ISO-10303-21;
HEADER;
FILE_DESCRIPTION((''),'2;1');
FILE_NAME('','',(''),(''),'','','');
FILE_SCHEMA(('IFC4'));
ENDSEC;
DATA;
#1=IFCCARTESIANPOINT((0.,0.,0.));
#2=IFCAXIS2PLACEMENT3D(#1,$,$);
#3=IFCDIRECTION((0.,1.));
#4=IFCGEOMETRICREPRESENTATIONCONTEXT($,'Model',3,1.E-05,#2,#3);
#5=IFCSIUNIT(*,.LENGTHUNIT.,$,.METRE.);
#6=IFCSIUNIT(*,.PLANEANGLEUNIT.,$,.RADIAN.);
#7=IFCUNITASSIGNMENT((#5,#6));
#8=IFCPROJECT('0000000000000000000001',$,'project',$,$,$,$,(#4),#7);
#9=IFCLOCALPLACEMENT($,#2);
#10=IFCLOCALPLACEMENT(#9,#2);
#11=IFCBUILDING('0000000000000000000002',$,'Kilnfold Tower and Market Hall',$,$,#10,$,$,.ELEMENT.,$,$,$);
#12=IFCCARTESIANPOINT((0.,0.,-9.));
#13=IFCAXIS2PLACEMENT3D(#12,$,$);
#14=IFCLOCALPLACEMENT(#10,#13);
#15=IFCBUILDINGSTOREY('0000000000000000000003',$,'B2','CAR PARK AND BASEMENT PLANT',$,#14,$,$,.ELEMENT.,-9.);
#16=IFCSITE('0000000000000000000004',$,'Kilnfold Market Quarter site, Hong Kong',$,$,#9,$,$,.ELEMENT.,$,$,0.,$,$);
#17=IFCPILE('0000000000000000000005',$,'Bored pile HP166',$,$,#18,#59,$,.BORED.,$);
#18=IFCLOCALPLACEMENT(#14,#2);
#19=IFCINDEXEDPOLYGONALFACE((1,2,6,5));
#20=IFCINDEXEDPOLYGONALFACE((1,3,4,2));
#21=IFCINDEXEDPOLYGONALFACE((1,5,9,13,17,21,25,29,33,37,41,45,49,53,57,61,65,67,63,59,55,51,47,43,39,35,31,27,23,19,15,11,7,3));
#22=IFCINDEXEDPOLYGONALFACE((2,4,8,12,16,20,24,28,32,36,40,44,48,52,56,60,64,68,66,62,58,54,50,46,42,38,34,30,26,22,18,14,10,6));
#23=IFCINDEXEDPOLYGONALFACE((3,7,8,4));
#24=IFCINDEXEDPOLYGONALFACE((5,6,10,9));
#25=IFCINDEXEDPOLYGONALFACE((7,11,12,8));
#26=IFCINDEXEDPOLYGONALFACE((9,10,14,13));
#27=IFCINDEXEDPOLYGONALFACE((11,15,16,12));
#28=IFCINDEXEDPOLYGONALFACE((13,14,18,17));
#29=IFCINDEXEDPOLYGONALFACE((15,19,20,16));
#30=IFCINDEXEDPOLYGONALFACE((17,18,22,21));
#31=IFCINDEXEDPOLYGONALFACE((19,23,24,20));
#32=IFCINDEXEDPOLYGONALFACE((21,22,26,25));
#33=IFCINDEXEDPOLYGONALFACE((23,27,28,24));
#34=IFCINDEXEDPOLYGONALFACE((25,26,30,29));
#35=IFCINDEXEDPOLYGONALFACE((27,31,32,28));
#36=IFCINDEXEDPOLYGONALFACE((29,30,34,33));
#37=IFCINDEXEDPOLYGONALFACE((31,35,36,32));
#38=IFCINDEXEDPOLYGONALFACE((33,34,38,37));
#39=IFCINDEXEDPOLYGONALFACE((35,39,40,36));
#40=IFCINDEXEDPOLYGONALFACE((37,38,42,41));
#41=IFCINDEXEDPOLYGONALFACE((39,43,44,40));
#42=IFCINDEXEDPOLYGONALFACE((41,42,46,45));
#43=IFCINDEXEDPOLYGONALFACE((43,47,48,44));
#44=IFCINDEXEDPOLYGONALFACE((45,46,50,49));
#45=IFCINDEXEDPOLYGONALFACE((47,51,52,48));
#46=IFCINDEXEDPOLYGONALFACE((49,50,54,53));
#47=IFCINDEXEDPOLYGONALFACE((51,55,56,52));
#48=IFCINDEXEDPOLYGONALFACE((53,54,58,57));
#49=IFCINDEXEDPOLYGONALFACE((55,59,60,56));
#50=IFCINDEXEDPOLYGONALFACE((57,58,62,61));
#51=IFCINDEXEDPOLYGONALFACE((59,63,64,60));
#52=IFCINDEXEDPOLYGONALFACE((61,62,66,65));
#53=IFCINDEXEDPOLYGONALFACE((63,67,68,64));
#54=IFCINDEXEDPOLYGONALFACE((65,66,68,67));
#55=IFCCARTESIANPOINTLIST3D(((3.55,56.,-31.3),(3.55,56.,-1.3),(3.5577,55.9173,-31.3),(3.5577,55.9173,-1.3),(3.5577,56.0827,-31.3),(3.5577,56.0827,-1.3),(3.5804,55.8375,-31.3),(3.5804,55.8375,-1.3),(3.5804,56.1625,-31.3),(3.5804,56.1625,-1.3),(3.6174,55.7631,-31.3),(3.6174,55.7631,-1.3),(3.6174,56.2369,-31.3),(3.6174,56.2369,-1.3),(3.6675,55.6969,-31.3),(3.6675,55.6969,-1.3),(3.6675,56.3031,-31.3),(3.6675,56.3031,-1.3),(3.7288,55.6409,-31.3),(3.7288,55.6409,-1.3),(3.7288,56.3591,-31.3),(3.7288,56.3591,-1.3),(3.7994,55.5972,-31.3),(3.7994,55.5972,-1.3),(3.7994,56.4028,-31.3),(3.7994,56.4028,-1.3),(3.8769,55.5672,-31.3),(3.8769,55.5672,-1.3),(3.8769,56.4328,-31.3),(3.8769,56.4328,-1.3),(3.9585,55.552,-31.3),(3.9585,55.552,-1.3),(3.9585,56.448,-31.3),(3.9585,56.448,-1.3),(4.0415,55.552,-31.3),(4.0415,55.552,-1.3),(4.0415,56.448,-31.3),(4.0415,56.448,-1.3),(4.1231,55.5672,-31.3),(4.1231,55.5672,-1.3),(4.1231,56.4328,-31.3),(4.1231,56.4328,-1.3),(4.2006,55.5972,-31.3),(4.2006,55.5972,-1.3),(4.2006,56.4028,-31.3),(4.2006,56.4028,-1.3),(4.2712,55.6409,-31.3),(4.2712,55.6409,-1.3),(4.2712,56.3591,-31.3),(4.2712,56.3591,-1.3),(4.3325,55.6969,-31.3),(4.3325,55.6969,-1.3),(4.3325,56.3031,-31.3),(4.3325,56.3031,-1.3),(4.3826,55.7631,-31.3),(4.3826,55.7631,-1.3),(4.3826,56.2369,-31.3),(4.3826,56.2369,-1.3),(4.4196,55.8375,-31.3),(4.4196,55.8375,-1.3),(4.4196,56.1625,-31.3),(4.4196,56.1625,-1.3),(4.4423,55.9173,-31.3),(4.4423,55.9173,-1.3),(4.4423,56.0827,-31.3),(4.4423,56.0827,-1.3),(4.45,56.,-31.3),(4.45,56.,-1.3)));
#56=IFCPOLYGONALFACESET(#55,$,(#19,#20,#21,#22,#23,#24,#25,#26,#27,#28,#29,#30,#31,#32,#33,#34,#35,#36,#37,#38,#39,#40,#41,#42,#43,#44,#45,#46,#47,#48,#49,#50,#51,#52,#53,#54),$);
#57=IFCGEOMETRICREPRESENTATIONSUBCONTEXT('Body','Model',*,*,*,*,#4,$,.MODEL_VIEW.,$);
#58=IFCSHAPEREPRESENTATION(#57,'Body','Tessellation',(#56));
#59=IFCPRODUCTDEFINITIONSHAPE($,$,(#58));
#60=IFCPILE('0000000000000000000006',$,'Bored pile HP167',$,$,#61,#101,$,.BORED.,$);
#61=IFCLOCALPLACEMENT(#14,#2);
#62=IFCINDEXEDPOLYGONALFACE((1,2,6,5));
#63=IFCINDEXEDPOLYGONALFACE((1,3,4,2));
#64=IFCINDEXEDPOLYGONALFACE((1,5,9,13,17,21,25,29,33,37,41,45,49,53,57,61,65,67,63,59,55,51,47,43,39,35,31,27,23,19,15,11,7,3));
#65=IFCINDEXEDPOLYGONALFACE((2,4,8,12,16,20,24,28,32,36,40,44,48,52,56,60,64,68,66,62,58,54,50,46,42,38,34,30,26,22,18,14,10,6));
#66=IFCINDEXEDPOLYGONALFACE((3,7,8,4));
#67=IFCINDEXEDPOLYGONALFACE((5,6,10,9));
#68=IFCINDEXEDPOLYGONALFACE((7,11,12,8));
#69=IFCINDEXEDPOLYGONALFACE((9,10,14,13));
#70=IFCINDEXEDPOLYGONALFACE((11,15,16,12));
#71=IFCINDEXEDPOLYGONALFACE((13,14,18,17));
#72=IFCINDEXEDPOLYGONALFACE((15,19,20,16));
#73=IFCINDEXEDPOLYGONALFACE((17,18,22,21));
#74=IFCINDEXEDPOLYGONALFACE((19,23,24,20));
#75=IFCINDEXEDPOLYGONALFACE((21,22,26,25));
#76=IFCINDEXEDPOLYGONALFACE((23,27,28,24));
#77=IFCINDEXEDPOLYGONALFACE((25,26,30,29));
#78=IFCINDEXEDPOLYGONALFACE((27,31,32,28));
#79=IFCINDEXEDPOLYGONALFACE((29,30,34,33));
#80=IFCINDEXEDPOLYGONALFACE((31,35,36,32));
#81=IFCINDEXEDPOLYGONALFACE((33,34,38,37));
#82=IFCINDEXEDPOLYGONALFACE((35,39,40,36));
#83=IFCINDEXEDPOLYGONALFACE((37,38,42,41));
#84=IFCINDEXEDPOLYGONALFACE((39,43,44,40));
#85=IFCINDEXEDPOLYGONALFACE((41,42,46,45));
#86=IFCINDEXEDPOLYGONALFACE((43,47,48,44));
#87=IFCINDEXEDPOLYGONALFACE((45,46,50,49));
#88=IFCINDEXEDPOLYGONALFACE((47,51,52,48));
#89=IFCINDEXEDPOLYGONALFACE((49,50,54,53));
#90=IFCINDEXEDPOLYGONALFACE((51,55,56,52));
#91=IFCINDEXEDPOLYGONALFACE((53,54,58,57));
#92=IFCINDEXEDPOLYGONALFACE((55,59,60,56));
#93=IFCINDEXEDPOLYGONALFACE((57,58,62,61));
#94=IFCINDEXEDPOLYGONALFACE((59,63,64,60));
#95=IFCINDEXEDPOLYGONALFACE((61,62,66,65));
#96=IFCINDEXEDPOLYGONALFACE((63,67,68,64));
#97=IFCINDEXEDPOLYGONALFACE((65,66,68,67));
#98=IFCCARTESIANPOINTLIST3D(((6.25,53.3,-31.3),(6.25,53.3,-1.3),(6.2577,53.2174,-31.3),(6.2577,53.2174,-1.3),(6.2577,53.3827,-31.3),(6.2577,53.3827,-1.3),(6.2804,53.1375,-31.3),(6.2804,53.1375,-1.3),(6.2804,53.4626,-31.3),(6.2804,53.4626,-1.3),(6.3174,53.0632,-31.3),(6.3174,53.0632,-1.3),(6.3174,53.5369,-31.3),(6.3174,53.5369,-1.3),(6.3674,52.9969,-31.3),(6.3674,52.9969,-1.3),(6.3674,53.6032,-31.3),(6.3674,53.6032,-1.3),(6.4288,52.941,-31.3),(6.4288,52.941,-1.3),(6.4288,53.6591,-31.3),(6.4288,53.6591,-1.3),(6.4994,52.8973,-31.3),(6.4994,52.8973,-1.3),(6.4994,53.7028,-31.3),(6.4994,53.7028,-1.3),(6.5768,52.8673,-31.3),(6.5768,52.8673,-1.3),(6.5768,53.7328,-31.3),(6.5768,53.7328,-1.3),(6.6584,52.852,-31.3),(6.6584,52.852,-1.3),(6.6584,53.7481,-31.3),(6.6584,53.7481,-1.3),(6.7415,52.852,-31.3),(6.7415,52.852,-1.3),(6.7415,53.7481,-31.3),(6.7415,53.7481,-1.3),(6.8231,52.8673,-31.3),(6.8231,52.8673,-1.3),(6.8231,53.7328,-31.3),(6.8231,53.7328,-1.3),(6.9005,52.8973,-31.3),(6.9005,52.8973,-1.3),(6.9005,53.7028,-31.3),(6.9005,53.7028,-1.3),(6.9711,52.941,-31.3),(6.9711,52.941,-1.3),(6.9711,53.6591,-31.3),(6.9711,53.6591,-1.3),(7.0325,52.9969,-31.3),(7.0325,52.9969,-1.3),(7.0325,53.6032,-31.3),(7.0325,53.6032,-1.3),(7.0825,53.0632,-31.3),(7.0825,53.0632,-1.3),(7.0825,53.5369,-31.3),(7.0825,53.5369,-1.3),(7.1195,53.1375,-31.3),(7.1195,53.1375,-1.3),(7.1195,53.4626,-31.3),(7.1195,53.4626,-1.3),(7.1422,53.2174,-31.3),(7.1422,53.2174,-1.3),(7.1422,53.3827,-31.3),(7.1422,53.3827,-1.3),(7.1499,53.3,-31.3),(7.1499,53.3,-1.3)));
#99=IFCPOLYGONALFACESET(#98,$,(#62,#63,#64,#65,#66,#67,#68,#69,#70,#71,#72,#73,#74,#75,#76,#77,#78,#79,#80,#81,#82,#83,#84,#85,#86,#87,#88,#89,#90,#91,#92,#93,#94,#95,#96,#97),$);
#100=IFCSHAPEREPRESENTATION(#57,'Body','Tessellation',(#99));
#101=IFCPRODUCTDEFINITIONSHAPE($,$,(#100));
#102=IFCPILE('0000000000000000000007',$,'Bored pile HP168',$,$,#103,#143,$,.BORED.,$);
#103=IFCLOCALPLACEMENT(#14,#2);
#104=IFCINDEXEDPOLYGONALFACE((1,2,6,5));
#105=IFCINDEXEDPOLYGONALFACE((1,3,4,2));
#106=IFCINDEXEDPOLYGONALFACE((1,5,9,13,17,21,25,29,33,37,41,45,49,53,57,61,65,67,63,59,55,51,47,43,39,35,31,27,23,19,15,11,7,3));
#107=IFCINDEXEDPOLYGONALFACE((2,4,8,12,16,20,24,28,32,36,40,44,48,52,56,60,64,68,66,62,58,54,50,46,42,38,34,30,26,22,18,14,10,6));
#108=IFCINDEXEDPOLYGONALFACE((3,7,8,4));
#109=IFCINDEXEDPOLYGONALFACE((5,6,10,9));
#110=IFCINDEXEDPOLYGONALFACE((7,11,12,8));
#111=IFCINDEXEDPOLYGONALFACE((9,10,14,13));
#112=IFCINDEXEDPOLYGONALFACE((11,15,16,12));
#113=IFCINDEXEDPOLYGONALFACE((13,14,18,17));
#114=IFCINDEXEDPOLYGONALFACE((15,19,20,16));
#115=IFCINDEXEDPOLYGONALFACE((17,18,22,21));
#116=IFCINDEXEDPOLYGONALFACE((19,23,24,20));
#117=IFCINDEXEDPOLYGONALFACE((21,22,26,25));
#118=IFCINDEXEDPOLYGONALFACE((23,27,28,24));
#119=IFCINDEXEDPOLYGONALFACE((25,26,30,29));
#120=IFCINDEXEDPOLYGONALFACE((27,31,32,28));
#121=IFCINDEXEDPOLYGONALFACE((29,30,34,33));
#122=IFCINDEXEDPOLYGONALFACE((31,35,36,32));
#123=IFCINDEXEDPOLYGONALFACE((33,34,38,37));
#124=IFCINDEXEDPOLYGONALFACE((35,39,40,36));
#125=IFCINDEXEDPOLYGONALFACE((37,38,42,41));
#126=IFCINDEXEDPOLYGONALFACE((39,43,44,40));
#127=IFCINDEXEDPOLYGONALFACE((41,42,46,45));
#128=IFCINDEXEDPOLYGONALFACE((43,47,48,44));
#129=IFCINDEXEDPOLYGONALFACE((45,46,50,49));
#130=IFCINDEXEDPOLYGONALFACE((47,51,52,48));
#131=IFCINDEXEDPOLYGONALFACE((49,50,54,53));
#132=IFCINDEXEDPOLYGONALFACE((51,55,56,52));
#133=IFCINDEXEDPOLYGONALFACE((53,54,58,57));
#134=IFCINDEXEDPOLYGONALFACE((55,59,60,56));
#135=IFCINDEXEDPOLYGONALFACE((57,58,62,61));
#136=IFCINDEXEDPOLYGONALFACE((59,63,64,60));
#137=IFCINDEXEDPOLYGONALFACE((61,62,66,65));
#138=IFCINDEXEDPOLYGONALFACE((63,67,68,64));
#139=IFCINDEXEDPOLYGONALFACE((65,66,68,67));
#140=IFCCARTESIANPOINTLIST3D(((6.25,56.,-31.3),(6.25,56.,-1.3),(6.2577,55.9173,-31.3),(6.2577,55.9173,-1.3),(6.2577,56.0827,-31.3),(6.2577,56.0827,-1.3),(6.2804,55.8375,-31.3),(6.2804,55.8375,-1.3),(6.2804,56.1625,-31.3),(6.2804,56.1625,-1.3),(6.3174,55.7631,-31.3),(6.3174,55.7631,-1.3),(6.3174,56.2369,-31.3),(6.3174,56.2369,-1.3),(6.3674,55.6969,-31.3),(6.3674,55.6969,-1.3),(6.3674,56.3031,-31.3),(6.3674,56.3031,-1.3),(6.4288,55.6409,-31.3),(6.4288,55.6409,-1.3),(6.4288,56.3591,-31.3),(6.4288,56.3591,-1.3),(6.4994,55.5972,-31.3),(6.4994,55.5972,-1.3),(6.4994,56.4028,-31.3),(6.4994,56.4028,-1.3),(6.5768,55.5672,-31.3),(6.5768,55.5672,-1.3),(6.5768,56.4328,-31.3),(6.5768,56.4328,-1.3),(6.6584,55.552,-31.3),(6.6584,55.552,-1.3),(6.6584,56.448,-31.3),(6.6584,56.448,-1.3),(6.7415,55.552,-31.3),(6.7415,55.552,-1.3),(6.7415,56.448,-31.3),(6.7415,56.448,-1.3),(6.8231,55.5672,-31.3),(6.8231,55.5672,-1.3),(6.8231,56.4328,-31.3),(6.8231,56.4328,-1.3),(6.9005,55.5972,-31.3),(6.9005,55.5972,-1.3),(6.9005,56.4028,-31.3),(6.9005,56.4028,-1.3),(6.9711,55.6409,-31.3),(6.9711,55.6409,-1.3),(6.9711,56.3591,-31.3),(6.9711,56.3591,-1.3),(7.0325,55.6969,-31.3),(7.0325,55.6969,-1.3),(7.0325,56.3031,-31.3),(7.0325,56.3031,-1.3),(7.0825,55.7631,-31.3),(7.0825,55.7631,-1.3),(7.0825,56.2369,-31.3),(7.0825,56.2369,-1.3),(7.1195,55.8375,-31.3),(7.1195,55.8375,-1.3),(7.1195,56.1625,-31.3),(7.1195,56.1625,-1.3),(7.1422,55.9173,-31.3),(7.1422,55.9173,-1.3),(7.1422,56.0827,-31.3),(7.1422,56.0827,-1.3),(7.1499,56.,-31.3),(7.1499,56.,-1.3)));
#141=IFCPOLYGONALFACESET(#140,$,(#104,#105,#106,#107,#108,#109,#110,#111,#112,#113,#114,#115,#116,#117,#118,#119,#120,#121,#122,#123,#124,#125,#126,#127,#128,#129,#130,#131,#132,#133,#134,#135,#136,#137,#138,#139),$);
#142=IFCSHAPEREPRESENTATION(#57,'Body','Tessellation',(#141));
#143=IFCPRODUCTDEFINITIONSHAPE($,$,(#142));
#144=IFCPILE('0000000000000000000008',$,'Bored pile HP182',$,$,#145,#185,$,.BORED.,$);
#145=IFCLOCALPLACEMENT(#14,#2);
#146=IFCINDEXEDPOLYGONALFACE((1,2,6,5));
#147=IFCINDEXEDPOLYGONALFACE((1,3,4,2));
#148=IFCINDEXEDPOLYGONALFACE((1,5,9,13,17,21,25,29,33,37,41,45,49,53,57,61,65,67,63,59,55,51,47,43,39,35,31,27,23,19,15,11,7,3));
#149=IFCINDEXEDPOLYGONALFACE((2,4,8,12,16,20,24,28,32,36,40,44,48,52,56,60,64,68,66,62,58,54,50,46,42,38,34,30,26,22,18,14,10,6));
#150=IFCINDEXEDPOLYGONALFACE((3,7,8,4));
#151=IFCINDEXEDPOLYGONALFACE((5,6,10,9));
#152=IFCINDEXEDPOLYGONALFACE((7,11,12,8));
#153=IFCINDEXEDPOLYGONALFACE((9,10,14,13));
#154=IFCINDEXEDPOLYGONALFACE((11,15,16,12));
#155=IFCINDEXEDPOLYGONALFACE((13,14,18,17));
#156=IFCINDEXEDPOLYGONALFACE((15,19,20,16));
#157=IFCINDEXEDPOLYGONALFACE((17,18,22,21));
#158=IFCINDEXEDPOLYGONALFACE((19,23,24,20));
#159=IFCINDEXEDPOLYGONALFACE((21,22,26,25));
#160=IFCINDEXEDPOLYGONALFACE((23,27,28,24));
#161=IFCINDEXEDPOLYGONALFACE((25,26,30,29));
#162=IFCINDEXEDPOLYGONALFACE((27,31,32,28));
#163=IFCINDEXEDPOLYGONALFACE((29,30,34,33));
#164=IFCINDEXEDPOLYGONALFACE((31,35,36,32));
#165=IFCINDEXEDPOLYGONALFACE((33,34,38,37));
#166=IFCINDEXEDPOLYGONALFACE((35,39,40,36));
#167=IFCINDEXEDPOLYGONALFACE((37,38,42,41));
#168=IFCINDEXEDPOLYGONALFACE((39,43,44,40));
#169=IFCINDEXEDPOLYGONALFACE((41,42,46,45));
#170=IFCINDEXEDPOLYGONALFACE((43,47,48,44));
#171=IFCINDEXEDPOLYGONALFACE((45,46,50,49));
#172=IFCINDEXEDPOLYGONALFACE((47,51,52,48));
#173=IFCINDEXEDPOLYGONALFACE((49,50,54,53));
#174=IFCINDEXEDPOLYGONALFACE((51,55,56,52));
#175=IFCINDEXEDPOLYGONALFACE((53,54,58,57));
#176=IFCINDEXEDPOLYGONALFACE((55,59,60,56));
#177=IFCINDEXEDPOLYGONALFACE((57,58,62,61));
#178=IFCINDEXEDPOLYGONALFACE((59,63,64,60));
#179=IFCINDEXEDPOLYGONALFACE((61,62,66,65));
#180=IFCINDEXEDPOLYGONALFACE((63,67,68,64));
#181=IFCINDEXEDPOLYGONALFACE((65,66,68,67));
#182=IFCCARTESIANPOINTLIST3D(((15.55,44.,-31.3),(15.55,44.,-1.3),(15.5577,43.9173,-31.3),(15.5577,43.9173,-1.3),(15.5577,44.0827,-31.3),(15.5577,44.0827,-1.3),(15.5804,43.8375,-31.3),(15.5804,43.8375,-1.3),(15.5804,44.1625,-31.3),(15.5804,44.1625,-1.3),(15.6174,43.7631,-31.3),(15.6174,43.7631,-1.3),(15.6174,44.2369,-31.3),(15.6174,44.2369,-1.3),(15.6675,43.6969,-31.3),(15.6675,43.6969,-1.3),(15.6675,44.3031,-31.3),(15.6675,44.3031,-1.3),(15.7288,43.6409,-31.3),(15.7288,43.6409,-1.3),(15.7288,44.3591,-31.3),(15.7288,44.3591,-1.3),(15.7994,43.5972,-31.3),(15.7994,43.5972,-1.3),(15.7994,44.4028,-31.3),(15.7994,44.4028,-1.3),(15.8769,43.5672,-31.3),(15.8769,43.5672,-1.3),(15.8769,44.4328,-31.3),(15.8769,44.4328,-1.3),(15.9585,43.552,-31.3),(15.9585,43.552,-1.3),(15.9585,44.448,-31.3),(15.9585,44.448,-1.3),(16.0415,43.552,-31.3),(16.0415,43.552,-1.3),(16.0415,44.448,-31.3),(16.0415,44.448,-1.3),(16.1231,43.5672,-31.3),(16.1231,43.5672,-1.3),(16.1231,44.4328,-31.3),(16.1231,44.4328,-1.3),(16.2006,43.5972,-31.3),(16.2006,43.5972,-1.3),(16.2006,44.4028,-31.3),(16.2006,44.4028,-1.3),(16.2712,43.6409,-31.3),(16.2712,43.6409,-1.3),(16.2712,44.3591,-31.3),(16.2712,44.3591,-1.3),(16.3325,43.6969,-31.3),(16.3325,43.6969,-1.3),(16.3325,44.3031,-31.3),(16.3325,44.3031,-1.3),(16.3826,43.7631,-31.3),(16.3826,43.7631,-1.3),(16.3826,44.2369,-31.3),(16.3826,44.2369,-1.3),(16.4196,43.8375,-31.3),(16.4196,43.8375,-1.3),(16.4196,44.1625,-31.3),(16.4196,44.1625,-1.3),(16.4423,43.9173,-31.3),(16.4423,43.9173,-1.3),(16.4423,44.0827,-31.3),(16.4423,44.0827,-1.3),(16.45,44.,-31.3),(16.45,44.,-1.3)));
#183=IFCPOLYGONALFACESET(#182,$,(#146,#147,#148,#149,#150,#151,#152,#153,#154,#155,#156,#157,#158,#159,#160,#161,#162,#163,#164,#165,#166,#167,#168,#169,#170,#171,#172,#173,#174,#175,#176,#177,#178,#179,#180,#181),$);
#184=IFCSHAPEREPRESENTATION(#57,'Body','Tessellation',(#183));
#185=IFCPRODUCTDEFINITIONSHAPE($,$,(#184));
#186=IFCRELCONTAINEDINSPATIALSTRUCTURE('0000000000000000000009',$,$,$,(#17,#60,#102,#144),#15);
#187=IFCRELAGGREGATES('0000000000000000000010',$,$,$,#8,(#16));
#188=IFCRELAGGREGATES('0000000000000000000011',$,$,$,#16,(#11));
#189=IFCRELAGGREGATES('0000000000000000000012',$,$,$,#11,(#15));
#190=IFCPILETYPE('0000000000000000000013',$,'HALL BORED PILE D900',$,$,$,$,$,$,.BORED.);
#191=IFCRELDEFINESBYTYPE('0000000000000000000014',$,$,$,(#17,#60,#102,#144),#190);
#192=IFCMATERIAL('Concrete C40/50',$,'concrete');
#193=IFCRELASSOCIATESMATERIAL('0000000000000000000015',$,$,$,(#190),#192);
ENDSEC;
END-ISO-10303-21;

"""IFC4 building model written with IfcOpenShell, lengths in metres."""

from ifc_helpers import new_model, si_unit, direction, frame, origin, origin_2d, place, context, subcontext, project, spatial, circle, extrude, source, transform, mapped, material, material_profile, profile_set, type_object, element, save


model = new_model("IFC4")

# Units and contexts
model_context = context("Model", 3, precision=1e-05, world=origin(), true_north=direction((0.0, 1.0)))
body_context = subcontext(model_context, "Body", "Model", "MODEL_VIEW")
ifc_project = project(units=[si_unit("LENGTHUNIT", "METRE"), si_unit("PLANEANGLEUNIT", "RADIAN")], contexts=[model_context])

# Site, building, storey
site_placement = place(None, origin())
site = spatial("IfcSite", under=ifc_project, at=site_placement, Name="Kilnfold Market Quarter site, Hong Kong", CompositionType="ELEMENT", RefElevation=0.0)
building_placement = place(site_placement, origin())
building = spatial("IfcBuilding", under=site, at=building_placement, Name="Kilnfold Tower and Market Hall", CompositionType="ELEMENT")
storey_placement = place(building_placement, frame((0.0, 0.0, -9.0)))
storey = spatial("IfcBuildingStorey", under=building, at=storey_placement, Name="B2", Description="CAR PARK AND BASEMENT PLANT", CompositionType="ELEMENT", Elevation=-9.0)

# Piles
ifc_material_1 = material(Name="Concrete C40/50", Category="concrete")
ifc_material_profile_1 = material_profile(ifc_material_1, circle(Radius=0.45, at=origin_2d()), Name="D900")
ifc_profile_set_1 = profile_set([ifc_material_profile_1], Name="Concrete C40/50")
pile_type = type_object("IfcPileType", Name="HALL BORED PILE D900", PredefinedType="BORED", material=ifc_profile_set_1)
shared_shape_1 = source(origin(), body_context, "Body", "SweptSolid", [
    extrude(circle(Radius=0.45, at=origin_2d()), origin(), (0.0, 0.0, 1.0), 30.0),
])
for number, where, z_axis, x_axis, name in (
    (1, (4.0, 56.0, -1.3), (0.0, 0.0, -1.0), (1.0, 0.0, 0.0), "Bored pile HP166"),
    (2, (6.7, 53.3, -1.3), (0.0, 0.0, -1.0), (1.0, 0.0, 0.0), "Bored pile HP167"),
    (3, (6.7, 56.0, -1.3), (0.0, 0.0, -1.0), (1.0, 0.0, 0.0), "Bored pile HP168"),
    (4, (16.0, 44.0, -1.3), (0.0, 0.0, -1.0), (1.0, 0.0, 0.0), "Bored pile HP182"),
):
    element("IfcPile", number, at=place(storey_placement, frame(where, z_axis=z_axis, x_axis=x_axis)), inside=storey, type_object=pile_type, Name=name, PredefinedType="BORED", context=body_context, shape_type="MappedRepresentation", body=[
        mapped(shared_shape_1, transform((0.0, 0.0, 0.0))),
    ])

save(model, "model.ifc")
